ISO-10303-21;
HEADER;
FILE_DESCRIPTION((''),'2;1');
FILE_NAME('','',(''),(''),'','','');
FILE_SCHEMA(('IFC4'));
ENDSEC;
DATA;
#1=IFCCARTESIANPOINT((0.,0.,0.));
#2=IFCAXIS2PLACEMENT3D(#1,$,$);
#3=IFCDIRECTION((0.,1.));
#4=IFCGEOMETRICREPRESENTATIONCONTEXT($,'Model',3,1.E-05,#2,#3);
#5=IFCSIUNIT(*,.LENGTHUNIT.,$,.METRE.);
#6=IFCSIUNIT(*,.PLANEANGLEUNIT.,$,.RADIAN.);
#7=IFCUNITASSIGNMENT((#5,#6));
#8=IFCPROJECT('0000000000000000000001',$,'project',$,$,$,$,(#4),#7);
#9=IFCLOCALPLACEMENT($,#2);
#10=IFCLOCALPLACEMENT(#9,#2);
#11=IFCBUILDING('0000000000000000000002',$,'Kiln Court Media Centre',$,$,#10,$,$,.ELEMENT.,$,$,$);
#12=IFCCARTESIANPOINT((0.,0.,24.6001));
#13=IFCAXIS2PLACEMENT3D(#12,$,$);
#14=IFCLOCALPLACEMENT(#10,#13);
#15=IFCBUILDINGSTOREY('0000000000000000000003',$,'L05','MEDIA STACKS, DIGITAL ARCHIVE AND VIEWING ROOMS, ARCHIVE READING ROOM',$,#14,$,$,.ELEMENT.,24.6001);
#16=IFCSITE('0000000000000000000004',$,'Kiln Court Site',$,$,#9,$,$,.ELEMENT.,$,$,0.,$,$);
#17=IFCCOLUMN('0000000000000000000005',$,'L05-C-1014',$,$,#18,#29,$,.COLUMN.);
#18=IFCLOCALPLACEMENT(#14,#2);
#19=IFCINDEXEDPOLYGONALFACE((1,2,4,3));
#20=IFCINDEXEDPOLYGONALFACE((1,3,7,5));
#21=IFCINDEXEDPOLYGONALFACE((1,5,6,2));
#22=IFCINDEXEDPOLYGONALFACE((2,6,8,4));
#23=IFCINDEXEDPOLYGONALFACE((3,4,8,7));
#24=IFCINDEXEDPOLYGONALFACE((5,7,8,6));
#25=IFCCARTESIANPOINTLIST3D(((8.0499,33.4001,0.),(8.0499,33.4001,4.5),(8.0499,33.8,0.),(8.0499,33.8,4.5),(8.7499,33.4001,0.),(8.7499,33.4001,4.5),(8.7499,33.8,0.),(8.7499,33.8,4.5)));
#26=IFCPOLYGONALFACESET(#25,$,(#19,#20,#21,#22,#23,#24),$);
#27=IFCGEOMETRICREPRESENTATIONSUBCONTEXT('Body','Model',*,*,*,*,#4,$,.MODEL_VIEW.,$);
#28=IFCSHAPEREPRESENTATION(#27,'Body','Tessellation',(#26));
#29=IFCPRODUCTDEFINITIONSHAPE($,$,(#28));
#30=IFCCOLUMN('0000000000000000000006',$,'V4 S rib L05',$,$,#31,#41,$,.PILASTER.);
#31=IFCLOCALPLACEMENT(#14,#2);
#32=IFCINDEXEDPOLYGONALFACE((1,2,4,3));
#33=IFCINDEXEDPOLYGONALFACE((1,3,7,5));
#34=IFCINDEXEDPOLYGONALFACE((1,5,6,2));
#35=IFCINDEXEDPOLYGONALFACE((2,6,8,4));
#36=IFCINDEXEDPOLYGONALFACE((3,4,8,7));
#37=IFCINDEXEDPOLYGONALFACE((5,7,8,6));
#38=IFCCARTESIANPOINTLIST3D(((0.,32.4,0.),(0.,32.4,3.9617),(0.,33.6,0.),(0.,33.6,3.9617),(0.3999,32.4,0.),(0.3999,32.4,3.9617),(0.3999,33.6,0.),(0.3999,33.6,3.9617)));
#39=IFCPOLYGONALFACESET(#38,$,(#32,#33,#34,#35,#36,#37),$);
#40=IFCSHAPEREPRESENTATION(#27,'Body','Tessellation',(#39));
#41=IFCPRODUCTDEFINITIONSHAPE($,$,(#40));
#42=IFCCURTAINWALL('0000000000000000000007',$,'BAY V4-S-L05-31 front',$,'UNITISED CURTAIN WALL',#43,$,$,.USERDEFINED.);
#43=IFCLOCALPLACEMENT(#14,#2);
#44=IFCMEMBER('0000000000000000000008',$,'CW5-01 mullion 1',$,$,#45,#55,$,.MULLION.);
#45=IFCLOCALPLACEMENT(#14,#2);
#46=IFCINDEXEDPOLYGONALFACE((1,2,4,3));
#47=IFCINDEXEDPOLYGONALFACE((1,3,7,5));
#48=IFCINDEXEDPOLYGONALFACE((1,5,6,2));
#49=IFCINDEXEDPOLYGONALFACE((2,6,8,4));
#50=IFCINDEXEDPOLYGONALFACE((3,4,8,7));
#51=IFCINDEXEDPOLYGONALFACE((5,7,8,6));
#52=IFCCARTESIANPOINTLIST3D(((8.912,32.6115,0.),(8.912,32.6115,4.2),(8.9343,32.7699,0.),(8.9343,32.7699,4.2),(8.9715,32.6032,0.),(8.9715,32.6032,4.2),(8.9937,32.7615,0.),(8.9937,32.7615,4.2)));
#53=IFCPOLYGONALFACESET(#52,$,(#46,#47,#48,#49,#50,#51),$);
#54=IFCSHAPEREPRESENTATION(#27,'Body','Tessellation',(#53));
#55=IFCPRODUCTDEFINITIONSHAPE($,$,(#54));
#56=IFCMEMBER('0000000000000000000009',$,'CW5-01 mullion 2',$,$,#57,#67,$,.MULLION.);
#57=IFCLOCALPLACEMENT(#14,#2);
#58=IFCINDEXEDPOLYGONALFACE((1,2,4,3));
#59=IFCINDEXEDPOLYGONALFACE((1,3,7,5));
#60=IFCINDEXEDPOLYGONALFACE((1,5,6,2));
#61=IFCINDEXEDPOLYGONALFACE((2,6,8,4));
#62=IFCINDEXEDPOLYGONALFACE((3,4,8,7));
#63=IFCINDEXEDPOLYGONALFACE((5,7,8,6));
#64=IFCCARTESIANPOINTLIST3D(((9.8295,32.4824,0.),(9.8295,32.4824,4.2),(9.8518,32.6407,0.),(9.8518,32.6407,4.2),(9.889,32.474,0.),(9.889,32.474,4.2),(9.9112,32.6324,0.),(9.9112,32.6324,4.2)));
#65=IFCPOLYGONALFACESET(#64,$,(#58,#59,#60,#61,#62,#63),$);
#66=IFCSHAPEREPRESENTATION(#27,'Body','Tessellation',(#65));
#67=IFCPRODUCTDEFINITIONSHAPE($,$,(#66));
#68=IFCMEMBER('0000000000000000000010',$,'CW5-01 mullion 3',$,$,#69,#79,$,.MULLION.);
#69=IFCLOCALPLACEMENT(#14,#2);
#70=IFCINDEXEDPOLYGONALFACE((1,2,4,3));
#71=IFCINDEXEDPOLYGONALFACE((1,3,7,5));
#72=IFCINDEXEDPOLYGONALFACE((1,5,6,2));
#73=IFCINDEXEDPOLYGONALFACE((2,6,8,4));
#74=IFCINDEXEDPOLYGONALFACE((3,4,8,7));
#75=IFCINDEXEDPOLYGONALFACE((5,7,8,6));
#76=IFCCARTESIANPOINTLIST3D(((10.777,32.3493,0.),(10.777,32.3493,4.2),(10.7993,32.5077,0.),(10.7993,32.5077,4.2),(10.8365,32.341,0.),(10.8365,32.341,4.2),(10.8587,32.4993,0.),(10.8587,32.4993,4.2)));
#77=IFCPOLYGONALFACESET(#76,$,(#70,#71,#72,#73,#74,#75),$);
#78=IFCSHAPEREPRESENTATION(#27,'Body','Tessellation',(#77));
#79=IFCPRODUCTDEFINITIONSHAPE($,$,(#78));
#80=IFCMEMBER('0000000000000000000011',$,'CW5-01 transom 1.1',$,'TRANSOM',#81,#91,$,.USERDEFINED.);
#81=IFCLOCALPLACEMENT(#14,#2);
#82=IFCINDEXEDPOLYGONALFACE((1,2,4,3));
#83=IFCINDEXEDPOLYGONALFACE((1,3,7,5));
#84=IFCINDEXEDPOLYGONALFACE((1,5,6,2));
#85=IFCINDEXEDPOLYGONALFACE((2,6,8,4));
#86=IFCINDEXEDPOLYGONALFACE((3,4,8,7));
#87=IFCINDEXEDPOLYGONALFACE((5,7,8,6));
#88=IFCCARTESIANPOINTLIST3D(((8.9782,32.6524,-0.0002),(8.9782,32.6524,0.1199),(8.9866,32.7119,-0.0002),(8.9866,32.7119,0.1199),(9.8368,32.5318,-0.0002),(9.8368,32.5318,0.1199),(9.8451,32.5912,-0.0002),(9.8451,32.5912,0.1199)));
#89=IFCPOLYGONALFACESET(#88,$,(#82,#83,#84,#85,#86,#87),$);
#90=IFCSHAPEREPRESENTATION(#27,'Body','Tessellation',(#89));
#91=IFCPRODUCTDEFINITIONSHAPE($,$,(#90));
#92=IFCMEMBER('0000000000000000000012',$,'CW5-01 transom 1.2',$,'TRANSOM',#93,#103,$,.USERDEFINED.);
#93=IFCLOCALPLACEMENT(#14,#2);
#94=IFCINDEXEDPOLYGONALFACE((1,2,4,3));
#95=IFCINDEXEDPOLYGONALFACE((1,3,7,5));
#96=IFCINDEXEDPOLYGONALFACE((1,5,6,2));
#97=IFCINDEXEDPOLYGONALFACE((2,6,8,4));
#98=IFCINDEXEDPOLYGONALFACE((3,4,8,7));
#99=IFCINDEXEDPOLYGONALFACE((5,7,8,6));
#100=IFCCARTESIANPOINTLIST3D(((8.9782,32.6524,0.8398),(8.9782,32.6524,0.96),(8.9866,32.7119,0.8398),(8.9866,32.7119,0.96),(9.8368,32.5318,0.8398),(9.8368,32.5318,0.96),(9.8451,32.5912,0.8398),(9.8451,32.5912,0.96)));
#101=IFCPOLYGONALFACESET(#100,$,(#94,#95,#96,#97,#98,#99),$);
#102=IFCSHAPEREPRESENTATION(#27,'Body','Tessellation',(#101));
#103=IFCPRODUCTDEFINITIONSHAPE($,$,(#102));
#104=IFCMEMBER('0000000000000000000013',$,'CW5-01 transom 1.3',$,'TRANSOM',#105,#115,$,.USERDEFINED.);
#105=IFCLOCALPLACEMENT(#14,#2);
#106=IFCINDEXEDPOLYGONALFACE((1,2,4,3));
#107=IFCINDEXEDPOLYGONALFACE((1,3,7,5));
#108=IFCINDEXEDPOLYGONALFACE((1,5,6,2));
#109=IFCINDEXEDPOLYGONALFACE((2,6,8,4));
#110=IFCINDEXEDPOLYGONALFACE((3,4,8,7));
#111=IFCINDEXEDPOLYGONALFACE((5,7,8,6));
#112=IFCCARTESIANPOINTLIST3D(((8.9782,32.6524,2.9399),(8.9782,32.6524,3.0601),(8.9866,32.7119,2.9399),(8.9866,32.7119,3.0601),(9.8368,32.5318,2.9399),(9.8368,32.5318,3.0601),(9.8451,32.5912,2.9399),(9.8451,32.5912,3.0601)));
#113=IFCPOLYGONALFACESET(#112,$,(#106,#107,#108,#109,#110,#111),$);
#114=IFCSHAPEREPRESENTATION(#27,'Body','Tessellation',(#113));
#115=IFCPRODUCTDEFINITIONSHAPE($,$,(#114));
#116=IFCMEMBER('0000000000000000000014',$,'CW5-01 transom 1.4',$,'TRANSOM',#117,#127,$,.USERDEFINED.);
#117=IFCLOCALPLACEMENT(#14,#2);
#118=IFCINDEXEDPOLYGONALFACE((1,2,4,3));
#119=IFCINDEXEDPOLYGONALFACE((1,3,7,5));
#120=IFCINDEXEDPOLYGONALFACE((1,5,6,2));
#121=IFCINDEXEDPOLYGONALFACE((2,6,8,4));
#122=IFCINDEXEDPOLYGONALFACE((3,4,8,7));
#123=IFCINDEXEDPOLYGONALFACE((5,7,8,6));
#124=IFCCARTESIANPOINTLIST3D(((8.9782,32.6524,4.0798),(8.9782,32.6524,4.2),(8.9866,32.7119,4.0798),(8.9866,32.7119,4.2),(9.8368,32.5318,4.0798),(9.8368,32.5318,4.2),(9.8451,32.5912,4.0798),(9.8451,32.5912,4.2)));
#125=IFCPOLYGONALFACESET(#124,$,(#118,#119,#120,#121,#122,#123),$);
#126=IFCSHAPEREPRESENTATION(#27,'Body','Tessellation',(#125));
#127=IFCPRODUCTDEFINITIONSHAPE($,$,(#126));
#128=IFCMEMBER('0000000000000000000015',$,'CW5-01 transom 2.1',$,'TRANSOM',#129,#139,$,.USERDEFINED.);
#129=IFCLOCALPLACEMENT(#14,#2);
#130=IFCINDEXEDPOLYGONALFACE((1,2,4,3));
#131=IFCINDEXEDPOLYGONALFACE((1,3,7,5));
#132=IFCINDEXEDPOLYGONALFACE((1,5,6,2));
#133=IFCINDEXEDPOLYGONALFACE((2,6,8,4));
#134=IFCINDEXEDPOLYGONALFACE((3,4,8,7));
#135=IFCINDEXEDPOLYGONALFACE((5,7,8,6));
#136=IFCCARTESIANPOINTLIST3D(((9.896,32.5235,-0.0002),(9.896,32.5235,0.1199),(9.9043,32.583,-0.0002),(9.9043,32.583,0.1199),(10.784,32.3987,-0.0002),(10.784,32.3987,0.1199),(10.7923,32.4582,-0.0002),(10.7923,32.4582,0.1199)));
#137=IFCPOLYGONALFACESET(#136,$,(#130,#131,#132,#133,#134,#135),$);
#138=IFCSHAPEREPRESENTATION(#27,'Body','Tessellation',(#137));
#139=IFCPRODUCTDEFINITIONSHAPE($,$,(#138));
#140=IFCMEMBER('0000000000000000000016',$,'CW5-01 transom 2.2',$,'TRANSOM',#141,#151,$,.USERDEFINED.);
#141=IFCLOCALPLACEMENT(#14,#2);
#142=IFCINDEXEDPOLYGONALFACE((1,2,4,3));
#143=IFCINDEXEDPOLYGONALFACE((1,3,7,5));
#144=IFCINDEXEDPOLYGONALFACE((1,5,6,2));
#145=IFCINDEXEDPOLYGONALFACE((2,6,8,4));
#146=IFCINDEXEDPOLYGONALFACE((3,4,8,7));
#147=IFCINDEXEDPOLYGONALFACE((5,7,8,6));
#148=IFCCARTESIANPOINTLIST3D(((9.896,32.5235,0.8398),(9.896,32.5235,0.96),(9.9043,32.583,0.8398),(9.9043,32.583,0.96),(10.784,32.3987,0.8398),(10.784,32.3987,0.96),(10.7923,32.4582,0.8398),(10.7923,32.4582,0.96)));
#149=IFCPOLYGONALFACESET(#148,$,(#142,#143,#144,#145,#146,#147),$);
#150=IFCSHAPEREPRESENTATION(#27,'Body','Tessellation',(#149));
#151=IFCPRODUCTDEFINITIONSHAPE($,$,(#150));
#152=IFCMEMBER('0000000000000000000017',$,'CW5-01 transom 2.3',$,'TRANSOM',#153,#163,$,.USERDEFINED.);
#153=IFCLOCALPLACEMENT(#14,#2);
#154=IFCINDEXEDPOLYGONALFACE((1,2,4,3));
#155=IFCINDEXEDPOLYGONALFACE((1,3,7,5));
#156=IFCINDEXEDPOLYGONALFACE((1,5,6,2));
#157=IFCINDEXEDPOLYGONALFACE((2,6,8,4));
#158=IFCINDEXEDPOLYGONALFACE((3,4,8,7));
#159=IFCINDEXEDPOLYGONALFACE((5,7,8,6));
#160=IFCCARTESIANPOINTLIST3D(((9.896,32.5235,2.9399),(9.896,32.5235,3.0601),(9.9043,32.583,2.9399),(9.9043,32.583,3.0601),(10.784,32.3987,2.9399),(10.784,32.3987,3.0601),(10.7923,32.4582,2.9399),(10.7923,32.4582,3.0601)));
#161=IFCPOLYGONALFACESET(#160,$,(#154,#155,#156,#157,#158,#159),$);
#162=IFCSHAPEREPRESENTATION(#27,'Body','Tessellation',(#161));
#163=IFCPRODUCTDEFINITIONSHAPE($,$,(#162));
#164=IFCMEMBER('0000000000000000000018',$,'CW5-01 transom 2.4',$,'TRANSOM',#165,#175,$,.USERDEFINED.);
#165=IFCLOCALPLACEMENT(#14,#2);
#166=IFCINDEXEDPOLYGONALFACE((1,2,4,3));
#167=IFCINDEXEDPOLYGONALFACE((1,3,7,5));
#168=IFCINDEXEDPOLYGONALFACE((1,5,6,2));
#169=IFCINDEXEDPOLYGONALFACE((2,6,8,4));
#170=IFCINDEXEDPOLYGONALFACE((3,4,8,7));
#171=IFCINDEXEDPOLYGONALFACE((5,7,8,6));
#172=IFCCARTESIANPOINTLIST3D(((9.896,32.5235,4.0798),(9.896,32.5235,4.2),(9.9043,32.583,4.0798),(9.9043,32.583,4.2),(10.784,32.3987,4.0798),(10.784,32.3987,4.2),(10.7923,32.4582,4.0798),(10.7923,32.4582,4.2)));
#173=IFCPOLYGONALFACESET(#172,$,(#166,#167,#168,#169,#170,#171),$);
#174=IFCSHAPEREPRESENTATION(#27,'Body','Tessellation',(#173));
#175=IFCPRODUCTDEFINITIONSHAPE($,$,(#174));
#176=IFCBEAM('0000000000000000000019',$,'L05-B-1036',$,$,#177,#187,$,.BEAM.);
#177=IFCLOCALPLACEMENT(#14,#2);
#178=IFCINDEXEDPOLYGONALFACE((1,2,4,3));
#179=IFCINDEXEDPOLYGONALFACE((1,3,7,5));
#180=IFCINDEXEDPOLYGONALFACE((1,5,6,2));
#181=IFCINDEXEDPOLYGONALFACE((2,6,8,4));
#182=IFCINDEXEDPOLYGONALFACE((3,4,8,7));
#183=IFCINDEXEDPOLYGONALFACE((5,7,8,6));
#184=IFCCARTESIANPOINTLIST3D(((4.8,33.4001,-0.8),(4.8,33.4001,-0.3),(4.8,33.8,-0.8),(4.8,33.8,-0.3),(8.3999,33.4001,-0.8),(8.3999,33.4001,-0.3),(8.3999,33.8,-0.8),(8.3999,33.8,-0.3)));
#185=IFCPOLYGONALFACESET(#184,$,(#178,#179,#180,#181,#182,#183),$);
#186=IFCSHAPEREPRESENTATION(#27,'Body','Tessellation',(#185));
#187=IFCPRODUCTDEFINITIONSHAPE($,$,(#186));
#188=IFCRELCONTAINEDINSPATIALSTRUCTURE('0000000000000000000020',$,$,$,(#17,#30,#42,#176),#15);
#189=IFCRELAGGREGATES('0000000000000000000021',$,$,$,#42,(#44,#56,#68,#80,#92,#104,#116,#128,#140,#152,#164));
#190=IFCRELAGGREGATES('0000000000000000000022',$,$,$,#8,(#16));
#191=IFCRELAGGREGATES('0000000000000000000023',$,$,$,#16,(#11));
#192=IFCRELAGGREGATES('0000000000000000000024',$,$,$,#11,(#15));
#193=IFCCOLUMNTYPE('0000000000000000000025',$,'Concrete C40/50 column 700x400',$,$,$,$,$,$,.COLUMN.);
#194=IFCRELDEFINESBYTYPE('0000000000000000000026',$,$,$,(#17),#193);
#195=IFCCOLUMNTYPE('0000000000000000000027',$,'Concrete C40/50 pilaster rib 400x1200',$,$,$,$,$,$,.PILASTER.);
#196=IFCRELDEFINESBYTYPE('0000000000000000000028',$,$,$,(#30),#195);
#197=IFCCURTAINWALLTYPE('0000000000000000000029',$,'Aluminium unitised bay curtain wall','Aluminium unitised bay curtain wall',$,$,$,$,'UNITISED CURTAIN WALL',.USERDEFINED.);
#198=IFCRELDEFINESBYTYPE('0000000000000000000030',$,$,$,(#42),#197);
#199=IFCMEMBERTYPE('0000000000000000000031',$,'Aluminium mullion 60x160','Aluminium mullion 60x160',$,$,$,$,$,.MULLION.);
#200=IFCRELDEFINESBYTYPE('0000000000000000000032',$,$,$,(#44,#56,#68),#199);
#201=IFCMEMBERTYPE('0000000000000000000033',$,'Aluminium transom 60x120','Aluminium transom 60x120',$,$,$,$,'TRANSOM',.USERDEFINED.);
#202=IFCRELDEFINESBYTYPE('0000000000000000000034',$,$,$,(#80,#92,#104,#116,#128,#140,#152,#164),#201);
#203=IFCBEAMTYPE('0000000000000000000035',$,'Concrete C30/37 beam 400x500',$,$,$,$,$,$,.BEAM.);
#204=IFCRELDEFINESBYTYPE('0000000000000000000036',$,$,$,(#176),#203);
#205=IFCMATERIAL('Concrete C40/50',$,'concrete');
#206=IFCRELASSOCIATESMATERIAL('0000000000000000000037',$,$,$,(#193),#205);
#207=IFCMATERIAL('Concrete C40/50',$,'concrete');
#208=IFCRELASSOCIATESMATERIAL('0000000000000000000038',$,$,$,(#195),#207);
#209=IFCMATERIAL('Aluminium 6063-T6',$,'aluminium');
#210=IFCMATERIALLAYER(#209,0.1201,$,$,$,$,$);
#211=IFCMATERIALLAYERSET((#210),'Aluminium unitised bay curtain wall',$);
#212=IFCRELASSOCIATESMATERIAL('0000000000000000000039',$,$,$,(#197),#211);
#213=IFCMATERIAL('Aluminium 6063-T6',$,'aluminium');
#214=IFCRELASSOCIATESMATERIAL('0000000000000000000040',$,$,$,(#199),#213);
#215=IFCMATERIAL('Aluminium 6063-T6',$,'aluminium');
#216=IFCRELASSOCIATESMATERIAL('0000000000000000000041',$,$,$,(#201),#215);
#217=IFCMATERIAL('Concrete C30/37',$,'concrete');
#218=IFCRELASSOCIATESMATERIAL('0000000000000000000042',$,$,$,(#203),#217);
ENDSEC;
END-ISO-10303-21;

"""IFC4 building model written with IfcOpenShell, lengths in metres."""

from ifc_helpers import new_model, si_unit, direction, frame, origin, origin_2d, place, context, subcontext, project, spatial, rectangle, extrude, material, layer, layer_set, material_profile, profile_set, type_object, element, aggregate, save


model = new_model("IFC4")

# Units and contexts
model_context = context("Model", 3, precision=1e-05, world=origin(), true_north=direction((0.0, 1.0)))
body_context = subcontext(model_context, "Body", "Model", "MODEL_VIEW")
ifc_project = project(units=[si_unit("LENGTHUNIT", "METRE"), si_unit("PLANEANGLEUNIT", "RADIAN")], contexts=[model_context])

# Site, building, storey
site_placement = place(None, origin())
site = spatial("IfcSite", under=ifc_project, at=site_placement, Name="Kiln Court Site", CompositionType="ELEMENT", RefElevation=0.0)
building_placement = place(site_placement, origin())
building = spatial("IfcBuilding", under=site, at=building_placement, Name="Kiln Court Media Centre", CompositionType="ELEMENT")
storey_placement = place(building_placement, frame((0.0, 0.0, 24.6001)))
storey = spatial("IfcBuildingStorey", under=building, at=storey_placement, Name="L05", Description="MEDIA STACKS, DIGITAL ARCHIVE AND VIEWING ROOMS, ARCHIVE READING ROOM", CompositionType="ELEMENT", Elevation=24.6001)

# Columns
ifc_material_1 = material(Name="Concrete C40/50", Category="concrete")
ifc_material_profile_1 = material_profile(ifc_material_1, rectangle(XDim=0.7, YDim=0.3999, at=origin_2d()), Name="RC 700x400")
ifc_profile_set_1 = profile_set([ifc_material_profile_1], Name="Concrete C40/50")
column_type_1 = type_object("IfcColumnType", Name="Concrete C40/50 column 700x400", PredefinedType="COLUMN", material=ifc_profile_set_1)
column_1_placement = place(storey_placement, frame((8.3999, 33.6001, 0.0), z_axis=(0.0, 0.0, 1.0), x_axis=(1.0, 0.0, 0.0)))
element("IfcColumn", 1, at=column_1_placement, inside=storey, type_object=column_type_1, Name="L05-C-1014", PredefinedType="COLUMN", context=body_context, shape_type="SweptSolid", body=[
    extrude(rectangle(XDim=0.7, YDim=0.3999, at=origin_2d()), origin(), (0.0, 0.0, 1.0), 4.5),
])
ifc_material_2 = material(Name="Concrete C40/50", Category="concrete")
ifc_material_profile_2 = material_profile(ifc_material_2, rectangle(XDim=0.3999, YDim=1.2, at=origin_2d()), Name="RC 400x1200")
ifc_profile_set_2 = profile_set([ifc_material_profile_2], Name="Concrete C40/50")
column_type_2 = type_object("IfcColumnType", Name="Concrete C40/50 pilaster rib 400x1200", PredefinedType="PILASTER", material=ifc_profile_set_2)
column_2_placement = place(storey_placement, frame((0.2, 33.0, 0.0), z_axis=(0.0, 0.0, 1.0), x_axis=(1.0, 0.0, 0.0)))
element("IfcColumn", 2, at=column_2_placement, inside=storey, type_object=column_type_2, Name="V4 S rib L05", PredefinedType="PILASTER", context=body_context, shape_type="SweptSolid", body=[
    extrude(rectangle(XDim=0.3999, YDim=1.2, at=origin_2d()), origin(), (0.0, 0.0, 1.0), 3.9617),
])

# Curtain wall, members
ifc_material_3 = material(Name="Aluminium 6063-T6", Category="aluminium")
ifc_layer_1 = layer(ifc_material_3, 0.1201)
ifc_layer_set_1 = layer_set([ifc_layer_1], Name="Aluminium unitised bay curtain wall")
curtain_wall_type = type_object("IfcCurtainWallType", Name="Aluminium unitised bay curtain wall", Description="Aluminium unitised bay curtain wall", ElementType="UNITISED CURTAIN WALL", PredefinedType="USERDEFINED", material=ifc_layer_set_1)
curtain_wall_placement = place(storey_placement, origin())
curtain_wall = element("IfcCurtainWall", 3, at=curtain_wall_placement, inside=storey, type_object=curtain_wall_type, Name="BAY V4-S-L05-31 front", ObjectType="UNITISED CURTAIN WALL", PredefinedType="USERDEFINED")
ifc_material_4 = material(Name="Aluminium 6063-T6", Category="aluminium")
ifc_material_profile_3 = material_profile(ifc_material_4, rectangle(XDim=0.0601, YDim=0.1599, at=origin_2d()), Name="Aluminium mullion 60x160")
ifc_profile_set_3 = profile_set([ifc_material_profile_3], Name="Aluminium 6063-T6")
member_type_1 = type_object("IfcMemberType", Name="Aluminium mullion 60x160", Description="Aluminium mullion 60x160", PredefinedType="MULLION", material=ifc_profile_set_3)
member_1_placement = place(storey_placement, frame((8.9529, 32.6865, 0.0), z_axis=(0.0, 0.0, 1.0), x_axis=(0.99027, -0.139162, 0.0)))
member_1 = element("IfcMember", 4, at=member_1_placement, type_object=member_type_1, Name="CW5-01 mullion 1", PredefinedType="MULLION", context=body_context, shape_type="SweptSolid", body=[
    extrude(rectangle(XDim=0.0601, YDim=0.1599, at=origin_2d()), origin(), (0.0, 0.0, 1.0), 4.2),
])
member_2_placement = place(storey_placement, frame((9.8704, 32.5574, 0.0), z_axis=(0.0, 0.0, 1.0), x_axis=(0.99027, -0.139162, 0.0)))
member_2 = element("IfcMember", 5, at=member_2_placement, type_object=member_type_1, Name="CW5-01 mullion 2", PredefinedType="MULLION", context=body_context, shape_type="SweptSolid", body=[
    extrude(rectangle(XDim=0.0601, YDim=0.1599, at=origin_2d()), origin(), (0.0, 0.0, 1.0), 4.2),
])
member_3_placement = place(storey_placement, frame((10.8179, 32.4243, 0.0), z_axis=(0.0, 0.0, 1.0), x_axis=(0.99027, -0.139162, 0.0)))
member_3 = element("IfcMember", 6, at=member_3_placement, type_object=member_type_1, Name="CW5-01 mullion 3", PredefinedType="MULLION", context=body_context, shape_type="SweptSolid", body=[
    extrude(rectangle(XDim=0.0601, YDim=0.1599, at=origin_2d()), origin(), (0.0, 0.0, 1.0), 4.2),
])
ifc_material_5 = material(Name="Aluminium 6063-T6", Category="aluminium")
ifc_material_profile_4 = material_profile(ifc_material_5, rectangle(XDim=0.0601, YDim=0.1201, at=origin_2d()), Name="Aluminium transom 60x120")
ifc_profile_set_4 = profile_set([ifc_material_profile_4], Name="Aluminium 6063-T6")
member_type_2 = type_object("IfcMemberType", Name="Aluminium transom 60x120", Description="Aluminium transom 60x120", ElementType="TRANSOM", PredefinedType="USERDEFINED", material=ifc_profile_set_4)
member_4_placement = place(storey_placement, frame((8.9824, 32.6821, 0.0598), z_axis=(0.990274, -0.139134, 0.0), x_axis=(0.139134, 0.990274, 0.0)))
member_4 = element("IfcMember", 7, at=member_4_placement, type_object=member_type_2, Name="CW5-01 transom 1.1", ObjectType="TRANSOM", PredefinedType="USERDEFINED", context=body_context, shape_type="SweptSolid", body=[
    extrude(rectangle(XDim=0.0601, YDim=0.1201, at=origin_2d()), origin(), (0.0, 0.0, 1.0), 0.8669),
])
member_5_placement = place(storey_placement, frame((8.9824, 32.6821, 0.8999), z_axis=(0.990274, -0.139134, 0.0), x_axis=(0.139134, 0.990274, 0.0)))
member_5 = element("IfcMember", 8, at=member_5_placement, type_object=member_type_2, Name="CW5-01 transom 1.2", ObjectType="TRANSOM", PredefinedType="USERDEFINED", context=body_context, shape_type="SweptSolid", body=[
    extrude(rectangle(XDim=0.0601, YDim=0.1201, at=origin_2d()), origin(), (0.0, 0.0, 1.0), 0.8669),
])
member_6_placement = place(storey_placement, frame((8.9824, 32.6821, 3.0), z_axis=(0.990274, -0.139134, 0.0), x_axis=(0.139134, 0.990274, 0.0)))
member_6 = element("IfcMember", 9, at=member_6_placement, type_object=member_type_2, Name="CW5-01 transom 1.3", ObjectType="TRANSOM", PredefinedType="USERDEFINED", context=body_context, shape_type="SweptSolid", body=[
    extrude(rectangle(XDim=0.0601, YDim=0.1201, at=origin_2d()), origin(), (0.0, 0.0, 1.0), 0.8669),
])
member_7_placement = place(storey_placement, frame((8.9824, 32.6821, 4.1399), z_axis=(0.990274, -0.139134, 0.0), x_axis=(0.139134, 0.990274, 0.0)))
member_7 = element("IfcMember", 10, at=member_7_placement, type_object=member_type_2, Name="CW5-01 transom 1.4", ObjectType="TRANSOM", PredefinedType="USERDEFINED", context=body_context, shape_type="SweptSolid", body=[
    extrude(rectangle(XDim=0.0601, YDim=0.1201, at=origin_2d()), origin(), (0.0, 0.0, 1.0), 0.8669),
])
member_8_placement = place(storey_placement, frame((9.9001, 32.5532, 0.0598), z_axis=(0.990274, -0.139134, 0.0), x_axis=(0.139134, 0.990274, 0.0)))
member_8 = element("IfcMember", 11, at=member_8_placement, type_object=member_type_2, Name="CW5-01 transom 2.1", ObjectType="TRANSOM", PredefinedType="USERDEFINED", context=body_context, shape_type="SweptSolid", body=[
    extrude(rectangle(XDim=0.0601, YDim=0.1201, at=origin_2d()), origin(), (0.0, 0.0, 1.0), 0.8967),
])
member_9_placement = place(storey_placement, frame((9.9001, 32.5532, 0.8999), z_axis=(0.990274, -0.139134, 0.0), x_axis=(0.139134, 0.990274, 0.0)))
member_9 = element("IfcMember", 12, at=member_9_placement, type_object=member_type_2, Name="CW5-01 transom 2.2", ObjectType="TRANSOM", PredefinedType="USERDEFINED", context=body_context, shape_type="SweptSolid", body=[
    extrude(rectangle(XDim=0.0601, YDim=0.1201, at=origin_2d()), origin(), (0.0, 0.0, 1.0), 0.8967),
])
member_10_placement = place(storey_placement, frame((9.9001, 32.5532, 3.0), z_axis=(0.990274, -0.139134, 0.0), x_axis=(0.139134, 0.990274, 0.0)))
member_10 = element("IfcMember", 13, at=member_10_placement, type_object=member_type_2, Name="CW5-01 transom 2.3", ObjectType="TRANSOM", PredefinedType="USERDEFINED", context=body_context, shape_type="SweptSolid", body=[
    extrude(rectangle(XDim=0.0601, YDim=0.1201, at=origin_2d()), origin(), (0.0, 0.0, 1.0), 0.8967),
])
member_11_placement = place(storey_placement, frame((9.9001, 32.5532, 4.1399), z_axis=(0.990274, -0.139134, 0.0), x_axis=(0.139134, 0.990274, 0.0)))
member_11 = element("IfcMember", 14, at=member_11_placement, type_object=member_type_2, Name="CW5-01 transom 2.4", ObjectType="TRANSOM", PredefinedType="USERDEFINED", context=body_context, shape_type="SweptSolid", body=[
    extrude(rectangle(XDim=0.0601, YDim=0.1201, at=origin_2d()), origin(), (0.0, 0.0, 1.0), 0.8967),
])

# Beam
ifc_material_6 = material(Name="Concrete C30/37", Category="concrete")
ifc_material_profile_5 = material_profile(ifc_material_6, rectangle(XDim=0.3999, YDim=0.5, at=origin_2d()), Name="RC 400x500")
ifc_profile_set_5 = profile_set([ifc_material_profile_5], Name="Concrete C30/37")
beam_type_1 = type_object("IfcBeamType", Name="Concrete C30/37 beam 400x500", PredefinedType="BEAM", material=ifc_profile_set_5)
beam_1_placement = place(storey_placement, frame((4.8, 33.6001, -0.55), z_axis=(1.0, 0.0, 0.0), x_axis=(0.0, 1.0, 0.0)))
element("IfcBeam", 15, at=beam_1_placement, inside=storey, type_object=beam_type_1, Name="L05-B-1036", PredefinedType="BEAM", context=body_context, shape_type="SweptSolid", body=[
    extrude(rectangle(XDim=0.3999, YDim=0.5, at=origin_2d()), origin(), (0.0, 0.0, 1.0), 3.5999),
])

aggregate(curtain_wall, [member_1, member_2, member_3, member_4, member_5, member_6, member_7, member_8, member_9, member_10, member_11])

save(model, "model.ifc")
